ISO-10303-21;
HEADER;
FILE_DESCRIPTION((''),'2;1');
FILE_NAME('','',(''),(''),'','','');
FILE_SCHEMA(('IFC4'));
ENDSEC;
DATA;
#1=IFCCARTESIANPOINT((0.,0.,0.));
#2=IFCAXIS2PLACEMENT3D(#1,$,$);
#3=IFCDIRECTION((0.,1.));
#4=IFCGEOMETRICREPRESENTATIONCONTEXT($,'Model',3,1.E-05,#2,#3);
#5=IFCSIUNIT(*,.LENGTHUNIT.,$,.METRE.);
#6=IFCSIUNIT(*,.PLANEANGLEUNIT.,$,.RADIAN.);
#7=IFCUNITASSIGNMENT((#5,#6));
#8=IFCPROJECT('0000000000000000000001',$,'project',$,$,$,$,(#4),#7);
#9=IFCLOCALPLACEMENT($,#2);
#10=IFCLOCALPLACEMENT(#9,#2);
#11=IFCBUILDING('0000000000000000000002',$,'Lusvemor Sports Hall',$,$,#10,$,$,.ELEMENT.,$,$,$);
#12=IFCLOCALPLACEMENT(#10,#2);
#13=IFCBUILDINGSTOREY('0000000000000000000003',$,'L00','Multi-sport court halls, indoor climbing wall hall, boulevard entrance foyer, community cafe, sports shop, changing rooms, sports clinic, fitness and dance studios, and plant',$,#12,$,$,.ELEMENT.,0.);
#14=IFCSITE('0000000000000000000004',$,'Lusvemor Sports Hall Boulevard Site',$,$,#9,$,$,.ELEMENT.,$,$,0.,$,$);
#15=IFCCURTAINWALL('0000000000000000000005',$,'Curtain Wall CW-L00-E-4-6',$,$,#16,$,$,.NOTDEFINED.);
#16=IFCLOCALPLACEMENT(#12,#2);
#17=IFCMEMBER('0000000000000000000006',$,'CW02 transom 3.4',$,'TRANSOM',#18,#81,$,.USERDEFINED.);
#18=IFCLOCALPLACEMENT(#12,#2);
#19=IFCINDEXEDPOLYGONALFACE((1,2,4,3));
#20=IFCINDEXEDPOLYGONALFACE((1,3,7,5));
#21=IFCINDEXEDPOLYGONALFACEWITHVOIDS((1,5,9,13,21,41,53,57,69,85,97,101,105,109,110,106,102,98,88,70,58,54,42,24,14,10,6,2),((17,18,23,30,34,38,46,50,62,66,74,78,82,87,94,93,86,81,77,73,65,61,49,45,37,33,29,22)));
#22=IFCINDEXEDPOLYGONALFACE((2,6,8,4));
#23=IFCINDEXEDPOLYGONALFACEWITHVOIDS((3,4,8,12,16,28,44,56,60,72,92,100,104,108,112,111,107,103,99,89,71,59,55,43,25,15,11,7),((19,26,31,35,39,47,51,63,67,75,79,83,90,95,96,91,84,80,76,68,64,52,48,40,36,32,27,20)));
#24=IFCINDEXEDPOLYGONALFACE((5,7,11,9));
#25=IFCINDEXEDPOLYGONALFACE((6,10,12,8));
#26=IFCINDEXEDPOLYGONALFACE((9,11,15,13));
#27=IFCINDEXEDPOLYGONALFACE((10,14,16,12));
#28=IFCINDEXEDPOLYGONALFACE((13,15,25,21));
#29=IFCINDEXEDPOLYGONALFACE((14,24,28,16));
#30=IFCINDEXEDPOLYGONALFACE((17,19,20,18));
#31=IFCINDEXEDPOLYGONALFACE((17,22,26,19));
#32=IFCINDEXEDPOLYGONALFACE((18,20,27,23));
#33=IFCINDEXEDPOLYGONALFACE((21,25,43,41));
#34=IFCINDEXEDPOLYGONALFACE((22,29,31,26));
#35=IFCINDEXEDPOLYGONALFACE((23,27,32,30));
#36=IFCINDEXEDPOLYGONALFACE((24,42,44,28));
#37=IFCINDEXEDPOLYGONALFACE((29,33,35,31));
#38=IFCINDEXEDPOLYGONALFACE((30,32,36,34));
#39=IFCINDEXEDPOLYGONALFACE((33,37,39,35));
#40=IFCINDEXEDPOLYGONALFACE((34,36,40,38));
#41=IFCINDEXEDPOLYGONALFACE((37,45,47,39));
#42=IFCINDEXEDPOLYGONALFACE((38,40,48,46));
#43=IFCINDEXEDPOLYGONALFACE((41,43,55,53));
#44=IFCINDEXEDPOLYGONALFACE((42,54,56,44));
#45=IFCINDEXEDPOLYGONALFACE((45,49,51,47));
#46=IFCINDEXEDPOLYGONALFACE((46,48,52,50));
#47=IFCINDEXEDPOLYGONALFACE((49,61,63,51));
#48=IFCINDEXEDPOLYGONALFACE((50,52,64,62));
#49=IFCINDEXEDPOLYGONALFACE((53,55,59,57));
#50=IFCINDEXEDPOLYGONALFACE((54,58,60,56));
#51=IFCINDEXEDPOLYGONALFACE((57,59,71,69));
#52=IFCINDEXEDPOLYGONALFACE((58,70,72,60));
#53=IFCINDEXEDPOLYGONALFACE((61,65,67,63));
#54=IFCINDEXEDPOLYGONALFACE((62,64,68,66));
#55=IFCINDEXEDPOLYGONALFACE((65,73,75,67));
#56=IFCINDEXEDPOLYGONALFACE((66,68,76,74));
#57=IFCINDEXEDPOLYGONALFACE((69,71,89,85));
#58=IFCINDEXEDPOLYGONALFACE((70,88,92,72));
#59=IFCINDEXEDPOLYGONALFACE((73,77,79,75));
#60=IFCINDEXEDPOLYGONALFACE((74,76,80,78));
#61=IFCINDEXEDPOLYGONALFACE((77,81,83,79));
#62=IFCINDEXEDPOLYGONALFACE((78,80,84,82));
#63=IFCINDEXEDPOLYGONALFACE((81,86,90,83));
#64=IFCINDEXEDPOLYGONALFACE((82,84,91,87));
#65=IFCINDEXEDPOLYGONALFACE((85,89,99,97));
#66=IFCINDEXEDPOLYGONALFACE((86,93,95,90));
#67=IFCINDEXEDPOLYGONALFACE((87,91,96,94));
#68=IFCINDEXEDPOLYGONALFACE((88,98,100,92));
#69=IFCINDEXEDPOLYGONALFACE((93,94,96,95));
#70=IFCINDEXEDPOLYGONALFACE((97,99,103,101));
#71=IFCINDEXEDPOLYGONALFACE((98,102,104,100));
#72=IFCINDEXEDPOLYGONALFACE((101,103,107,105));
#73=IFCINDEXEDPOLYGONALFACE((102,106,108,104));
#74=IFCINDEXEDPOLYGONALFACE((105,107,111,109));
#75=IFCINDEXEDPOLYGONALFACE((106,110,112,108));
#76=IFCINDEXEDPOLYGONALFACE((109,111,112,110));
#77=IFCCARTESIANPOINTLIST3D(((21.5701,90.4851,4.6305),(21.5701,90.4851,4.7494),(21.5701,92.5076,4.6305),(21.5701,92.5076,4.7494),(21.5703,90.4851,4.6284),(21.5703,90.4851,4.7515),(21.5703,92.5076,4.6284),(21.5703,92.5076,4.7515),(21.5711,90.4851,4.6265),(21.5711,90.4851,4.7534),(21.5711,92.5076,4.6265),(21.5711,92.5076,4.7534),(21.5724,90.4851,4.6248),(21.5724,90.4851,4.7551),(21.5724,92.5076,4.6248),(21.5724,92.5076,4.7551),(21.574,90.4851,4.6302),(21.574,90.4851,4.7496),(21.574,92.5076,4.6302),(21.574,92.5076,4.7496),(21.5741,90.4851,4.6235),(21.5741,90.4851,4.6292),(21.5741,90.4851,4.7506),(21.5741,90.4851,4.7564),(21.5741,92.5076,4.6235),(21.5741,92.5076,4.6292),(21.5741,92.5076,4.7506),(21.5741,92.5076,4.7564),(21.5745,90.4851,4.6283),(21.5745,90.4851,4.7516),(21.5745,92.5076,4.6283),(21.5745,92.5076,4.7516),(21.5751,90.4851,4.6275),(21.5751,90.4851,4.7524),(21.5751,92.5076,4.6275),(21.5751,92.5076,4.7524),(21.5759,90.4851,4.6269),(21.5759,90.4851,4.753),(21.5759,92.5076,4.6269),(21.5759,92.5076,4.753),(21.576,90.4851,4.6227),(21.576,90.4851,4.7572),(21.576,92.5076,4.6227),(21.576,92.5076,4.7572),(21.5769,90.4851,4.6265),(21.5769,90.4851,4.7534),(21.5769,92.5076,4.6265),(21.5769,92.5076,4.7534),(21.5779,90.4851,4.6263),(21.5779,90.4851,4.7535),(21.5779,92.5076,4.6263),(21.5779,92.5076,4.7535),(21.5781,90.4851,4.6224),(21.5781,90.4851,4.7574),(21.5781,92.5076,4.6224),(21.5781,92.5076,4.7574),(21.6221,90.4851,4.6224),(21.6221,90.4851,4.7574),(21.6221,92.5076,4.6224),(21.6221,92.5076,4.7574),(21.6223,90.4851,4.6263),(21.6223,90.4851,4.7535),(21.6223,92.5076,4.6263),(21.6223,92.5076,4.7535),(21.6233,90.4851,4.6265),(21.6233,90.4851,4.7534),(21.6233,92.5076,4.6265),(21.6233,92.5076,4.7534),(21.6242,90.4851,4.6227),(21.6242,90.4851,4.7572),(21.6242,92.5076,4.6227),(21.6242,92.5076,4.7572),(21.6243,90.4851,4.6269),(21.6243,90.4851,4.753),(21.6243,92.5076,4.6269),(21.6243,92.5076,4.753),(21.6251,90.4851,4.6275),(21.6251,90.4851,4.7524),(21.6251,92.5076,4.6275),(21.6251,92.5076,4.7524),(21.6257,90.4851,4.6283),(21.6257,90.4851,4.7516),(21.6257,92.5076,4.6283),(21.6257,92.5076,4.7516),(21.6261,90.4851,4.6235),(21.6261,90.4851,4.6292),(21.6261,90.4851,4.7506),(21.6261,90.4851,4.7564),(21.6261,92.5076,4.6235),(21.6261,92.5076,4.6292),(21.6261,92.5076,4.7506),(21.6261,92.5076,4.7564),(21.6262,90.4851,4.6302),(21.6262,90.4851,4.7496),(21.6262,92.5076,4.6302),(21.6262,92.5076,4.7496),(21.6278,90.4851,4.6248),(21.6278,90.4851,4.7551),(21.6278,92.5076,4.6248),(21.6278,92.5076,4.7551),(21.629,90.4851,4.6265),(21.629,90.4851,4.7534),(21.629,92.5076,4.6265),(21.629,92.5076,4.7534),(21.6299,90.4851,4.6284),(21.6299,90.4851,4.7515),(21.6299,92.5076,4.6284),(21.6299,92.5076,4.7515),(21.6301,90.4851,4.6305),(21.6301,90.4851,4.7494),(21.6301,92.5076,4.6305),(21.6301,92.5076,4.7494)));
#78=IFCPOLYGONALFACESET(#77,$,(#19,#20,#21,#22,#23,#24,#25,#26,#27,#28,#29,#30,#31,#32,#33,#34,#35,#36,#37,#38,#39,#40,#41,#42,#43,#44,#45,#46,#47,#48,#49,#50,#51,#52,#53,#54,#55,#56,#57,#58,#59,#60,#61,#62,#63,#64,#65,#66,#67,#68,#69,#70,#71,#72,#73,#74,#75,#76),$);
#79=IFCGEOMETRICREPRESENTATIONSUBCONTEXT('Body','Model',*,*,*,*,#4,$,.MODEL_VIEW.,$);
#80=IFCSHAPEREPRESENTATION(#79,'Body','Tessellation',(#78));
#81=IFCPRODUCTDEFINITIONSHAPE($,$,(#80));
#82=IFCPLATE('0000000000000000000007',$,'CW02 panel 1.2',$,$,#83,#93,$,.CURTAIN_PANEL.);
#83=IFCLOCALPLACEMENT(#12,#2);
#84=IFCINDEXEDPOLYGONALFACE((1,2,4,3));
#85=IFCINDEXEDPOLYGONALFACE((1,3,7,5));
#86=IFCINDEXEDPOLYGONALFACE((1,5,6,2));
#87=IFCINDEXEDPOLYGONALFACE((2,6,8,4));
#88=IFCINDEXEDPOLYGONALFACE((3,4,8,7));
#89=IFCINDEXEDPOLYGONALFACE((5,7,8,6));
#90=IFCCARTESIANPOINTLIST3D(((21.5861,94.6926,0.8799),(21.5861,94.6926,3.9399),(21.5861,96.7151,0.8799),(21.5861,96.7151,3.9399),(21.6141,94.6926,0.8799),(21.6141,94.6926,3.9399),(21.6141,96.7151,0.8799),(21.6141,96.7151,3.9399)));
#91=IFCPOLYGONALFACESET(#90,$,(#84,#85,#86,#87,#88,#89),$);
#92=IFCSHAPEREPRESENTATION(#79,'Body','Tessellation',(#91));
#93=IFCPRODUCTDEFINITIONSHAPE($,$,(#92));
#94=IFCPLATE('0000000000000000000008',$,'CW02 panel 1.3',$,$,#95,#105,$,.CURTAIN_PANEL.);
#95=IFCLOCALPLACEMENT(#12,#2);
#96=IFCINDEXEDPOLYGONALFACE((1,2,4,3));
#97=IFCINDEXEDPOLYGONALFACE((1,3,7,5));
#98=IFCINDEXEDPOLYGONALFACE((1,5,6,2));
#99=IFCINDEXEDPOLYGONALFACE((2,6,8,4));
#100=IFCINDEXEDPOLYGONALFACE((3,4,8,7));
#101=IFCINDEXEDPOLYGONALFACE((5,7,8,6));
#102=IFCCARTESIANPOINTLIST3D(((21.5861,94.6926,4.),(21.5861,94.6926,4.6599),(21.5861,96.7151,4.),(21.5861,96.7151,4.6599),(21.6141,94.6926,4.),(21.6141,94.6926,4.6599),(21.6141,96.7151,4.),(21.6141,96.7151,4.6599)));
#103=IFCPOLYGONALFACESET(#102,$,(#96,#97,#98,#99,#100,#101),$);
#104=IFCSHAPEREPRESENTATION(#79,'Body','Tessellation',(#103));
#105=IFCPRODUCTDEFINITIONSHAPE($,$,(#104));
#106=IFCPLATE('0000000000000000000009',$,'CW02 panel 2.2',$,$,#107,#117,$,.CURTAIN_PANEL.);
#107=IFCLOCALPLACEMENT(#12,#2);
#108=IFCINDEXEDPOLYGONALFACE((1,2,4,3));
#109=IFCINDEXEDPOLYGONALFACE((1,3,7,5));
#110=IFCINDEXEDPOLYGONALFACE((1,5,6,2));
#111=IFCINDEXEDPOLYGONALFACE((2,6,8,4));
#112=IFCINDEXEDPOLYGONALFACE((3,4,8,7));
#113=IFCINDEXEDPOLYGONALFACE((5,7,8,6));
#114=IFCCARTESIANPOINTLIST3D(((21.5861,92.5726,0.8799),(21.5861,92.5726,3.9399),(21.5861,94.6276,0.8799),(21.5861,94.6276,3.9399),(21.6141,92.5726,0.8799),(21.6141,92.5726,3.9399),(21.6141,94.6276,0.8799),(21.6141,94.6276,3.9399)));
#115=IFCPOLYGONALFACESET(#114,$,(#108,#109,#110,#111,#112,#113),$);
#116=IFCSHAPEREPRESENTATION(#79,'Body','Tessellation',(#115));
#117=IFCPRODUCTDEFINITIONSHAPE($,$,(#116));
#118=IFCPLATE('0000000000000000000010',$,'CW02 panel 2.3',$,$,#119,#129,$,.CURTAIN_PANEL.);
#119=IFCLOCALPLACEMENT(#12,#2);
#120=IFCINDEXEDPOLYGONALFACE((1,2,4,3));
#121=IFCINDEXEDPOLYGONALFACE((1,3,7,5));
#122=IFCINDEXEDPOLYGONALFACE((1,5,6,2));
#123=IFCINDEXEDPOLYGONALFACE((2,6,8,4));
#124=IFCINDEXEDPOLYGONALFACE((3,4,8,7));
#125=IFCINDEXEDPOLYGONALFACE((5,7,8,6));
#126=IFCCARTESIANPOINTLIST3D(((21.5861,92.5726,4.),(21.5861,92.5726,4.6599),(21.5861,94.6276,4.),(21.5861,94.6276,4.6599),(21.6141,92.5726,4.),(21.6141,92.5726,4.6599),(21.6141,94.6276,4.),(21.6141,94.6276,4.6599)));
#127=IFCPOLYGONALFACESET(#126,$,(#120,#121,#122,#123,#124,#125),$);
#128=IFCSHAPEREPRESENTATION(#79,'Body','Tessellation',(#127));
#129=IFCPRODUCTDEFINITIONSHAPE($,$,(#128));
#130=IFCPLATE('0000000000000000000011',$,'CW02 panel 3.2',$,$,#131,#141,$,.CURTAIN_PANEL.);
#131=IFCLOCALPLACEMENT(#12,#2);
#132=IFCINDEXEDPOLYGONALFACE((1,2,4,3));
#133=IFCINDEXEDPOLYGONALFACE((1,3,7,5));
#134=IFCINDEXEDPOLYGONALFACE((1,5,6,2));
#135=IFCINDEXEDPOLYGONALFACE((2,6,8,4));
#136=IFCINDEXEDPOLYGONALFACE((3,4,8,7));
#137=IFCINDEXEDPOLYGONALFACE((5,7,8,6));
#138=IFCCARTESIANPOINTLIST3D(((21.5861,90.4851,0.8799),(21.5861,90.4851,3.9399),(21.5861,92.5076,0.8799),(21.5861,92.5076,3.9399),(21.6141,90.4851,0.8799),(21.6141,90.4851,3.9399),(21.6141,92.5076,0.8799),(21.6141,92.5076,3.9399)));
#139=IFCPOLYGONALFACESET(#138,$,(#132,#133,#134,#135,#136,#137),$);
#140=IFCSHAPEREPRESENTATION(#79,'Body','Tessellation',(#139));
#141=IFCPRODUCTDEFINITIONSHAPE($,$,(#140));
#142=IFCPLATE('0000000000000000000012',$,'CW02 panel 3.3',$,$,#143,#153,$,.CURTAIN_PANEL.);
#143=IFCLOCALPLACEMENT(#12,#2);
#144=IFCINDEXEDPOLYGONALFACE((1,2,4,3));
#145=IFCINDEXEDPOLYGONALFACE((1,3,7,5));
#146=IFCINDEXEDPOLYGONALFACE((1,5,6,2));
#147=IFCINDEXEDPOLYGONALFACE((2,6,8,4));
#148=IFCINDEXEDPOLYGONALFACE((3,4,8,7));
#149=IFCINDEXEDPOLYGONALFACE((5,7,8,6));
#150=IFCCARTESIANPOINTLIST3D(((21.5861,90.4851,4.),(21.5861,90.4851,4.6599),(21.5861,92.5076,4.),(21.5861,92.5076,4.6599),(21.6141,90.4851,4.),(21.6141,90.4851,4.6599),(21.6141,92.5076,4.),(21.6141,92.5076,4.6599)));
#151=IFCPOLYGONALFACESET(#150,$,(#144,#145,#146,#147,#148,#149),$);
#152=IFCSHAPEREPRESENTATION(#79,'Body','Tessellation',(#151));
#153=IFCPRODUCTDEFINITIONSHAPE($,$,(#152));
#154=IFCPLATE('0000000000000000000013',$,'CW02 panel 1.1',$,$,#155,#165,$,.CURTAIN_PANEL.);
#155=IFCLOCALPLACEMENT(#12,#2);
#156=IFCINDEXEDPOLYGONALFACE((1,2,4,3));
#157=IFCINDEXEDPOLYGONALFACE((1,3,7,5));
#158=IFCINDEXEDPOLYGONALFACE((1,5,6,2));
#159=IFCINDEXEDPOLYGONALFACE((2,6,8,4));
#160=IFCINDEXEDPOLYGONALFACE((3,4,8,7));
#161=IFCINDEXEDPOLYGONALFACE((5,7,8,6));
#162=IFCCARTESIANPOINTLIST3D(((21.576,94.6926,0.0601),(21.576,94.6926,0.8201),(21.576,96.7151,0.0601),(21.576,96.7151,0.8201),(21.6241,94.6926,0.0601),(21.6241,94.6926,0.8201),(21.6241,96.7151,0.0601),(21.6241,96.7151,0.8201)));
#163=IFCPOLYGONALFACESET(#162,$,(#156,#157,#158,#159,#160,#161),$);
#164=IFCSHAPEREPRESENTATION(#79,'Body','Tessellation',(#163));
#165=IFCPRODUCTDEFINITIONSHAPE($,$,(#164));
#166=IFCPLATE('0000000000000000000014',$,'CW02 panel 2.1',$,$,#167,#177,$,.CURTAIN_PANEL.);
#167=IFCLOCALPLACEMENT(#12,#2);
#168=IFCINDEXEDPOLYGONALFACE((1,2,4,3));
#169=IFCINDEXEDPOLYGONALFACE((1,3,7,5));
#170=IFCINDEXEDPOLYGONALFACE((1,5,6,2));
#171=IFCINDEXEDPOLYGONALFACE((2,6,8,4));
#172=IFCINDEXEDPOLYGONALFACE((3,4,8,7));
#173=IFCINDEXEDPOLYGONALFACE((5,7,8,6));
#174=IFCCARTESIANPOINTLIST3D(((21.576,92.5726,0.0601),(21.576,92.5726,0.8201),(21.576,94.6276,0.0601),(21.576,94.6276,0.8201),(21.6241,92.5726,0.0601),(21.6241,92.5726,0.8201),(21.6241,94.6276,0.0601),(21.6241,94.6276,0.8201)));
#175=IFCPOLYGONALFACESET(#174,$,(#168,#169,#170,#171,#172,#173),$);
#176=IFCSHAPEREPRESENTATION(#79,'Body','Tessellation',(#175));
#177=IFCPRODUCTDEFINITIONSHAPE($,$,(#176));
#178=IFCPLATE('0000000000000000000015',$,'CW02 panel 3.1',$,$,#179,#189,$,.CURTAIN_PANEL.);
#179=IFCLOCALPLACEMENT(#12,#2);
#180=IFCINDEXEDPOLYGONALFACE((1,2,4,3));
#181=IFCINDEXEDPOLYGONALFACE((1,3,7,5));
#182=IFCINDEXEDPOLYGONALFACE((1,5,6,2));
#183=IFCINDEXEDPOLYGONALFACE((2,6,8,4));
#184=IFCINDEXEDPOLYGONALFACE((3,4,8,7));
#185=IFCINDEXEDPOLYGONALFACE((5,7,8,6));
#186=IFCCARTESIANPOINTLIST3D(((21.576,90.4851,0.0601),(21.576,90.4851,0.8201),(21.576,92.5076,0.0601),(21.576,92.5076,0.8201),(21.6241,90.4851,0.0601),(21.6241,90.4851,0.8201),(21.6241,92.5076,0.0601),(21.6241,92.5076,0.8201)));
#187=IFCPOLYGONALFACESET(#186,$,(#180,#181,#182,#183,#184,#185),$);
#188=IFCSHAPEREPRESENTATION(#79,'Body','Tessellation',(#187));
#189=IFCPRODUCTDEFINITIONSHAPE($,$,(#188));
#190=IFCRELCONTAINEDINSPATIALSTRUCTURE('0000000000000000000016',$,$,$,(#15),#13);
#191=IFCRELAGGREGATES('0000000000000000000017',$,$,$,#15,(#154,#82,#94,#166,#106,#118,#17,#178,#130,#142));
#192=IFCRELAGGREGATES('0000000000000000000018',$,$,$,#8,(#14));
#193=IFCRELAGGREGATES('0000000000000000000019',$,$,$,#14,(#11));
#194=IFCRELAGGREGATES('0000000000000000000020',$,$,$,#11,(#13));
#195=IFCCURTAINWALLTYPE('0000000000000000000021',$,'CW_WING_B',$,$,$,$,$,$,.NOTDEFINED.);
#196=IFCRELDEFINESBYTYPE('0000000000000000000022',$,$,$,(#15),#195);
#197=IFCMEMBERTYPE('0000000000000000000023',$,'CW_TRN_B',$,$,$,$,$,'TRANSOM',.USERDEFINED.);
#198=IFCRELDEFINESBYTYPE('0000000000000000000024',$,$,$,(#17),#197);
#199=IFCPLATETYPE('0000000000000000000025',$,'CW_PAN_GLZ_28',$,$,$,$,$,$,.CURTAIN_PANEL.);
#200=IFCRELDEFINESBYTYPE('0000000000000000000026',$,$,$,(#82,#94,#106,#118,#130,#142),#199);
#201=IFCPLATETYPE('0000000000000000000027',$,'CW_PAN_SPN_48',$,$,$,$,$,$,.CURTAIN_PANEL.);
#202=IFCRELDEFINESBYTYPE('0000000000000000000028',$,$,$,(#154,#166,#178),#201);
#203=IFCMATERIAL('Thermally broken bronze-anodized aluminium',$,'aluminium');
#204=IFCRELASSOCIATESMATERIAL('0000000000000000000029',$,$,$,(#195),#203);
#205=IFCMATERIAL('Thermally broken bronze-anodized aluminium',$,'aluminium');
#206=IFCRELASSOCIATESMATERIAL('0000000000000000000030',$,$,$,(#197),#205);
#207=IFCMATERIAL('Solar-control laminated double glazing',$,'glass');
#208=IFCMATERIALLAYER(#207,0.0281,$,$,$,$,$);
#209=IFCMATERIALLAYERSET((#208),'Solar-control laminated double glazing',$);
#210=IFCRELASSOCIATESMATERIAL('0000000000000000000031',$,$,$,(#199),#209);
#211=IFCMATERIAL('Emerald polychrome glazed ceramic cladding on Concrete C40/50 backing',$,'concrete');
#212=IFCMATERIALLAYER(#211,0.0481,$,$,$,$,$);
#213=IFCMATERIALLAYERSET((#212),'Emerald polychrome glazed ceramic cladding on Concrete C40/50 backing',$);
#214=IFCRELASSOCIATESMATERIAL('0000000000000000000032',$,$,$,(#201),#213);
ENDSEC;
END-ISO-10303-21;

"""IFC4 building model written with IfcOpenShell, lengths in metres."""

from ifc_helpers import new_model, si_unit, direction, frame, origin, origin_2d, place, context, subcontext, project, spatial, rectangle, hollow_rectangle, extrude, material, layer, layer_set, material_profile, profile_set, type_object, element, aggregate, save


model = new_model("IFC4")

# Units and contexts
model_context = context("Model", 3, precision=1e-05, world=origin(), true_north=direction((0.0, 1.0)))
body_context = subcontext(model_context, "Body", "Model", "MODEL_VIEW")
ifc_project = project(units=[si_unit("LENGTHUNIT", "METRE"), si_unit("PLANEANGLEUNIT", "RADIAN")], contexts=[model_context])

# Site, building, storey
site_placement = place(None, origin())
site = spatial("IfcSite", under=ifc_project, at=site_placement, Name="Lusvemor Sports Hall Boulevard Site", CompositionType="ELEMENT", RefElevation=0.0)
building_placement = place(site_placement, origin())
building = spatial("IfcBuilding", under=site, at=building_placement, Name="Lusvemor Sports Hall", CompositionType="ELEMENT")
storey_placement = place(building_placement, origin())
storey = spatial("IfcBuildingStorey", under=building, at=storey_placement, Name="L00", Description="Multi-sport court halls, indoor climbing wall hall, boulevard entrance foyer, community cafe, sports shop, changing rooms, sports clinic, fitness and dance studios, and plant", CompositionType="ELEMENT", Elevation=0.0)

# Curtain wall, member, plates
ifc_material_1 = material(Name="Thermally broken bronze-anodized aluminium", Category="aluminium")
curtain_wall_type = type_object("IfcCurtainWallType", Name="CW_WING_B", PredefinedType="NOTDEFINED", material=ifc_material_1)
curtain_wall_placement = place(storey_placement, origin())
curtain_wall = element("IfcCurtainWall", 1, at=curtain_wall_placement, inside=storey, type_object=curtain_wall_type, Name="Curtain Wall CW-L00-E-4-6", PredefinedType="NOTDEFINED")
ifc_material_2 = material(Name="Thermally broken bronze-anodized aluminium", Category="aluminium")
ifc_material_profile_1 = material_profile(ifc_material_2, hollow_rectangle(XDim=0.0601, YDim=0.135, WallThickness=0.0039, InnerFilletRadius=0.0039, OuterFilletRadius=0.0081, at=origin_2d()), Name="CWTRN135x60x4")
ifc_profile_set_1 = profile_set([ifc_material_profile_1], Name="Thermally broken bronze-anodized aluminium")
member_type_1 = type_object("IfcMemberType", Name="CW_TRN_B", ElementType="TRANSOM", PredefinedType="USERDEFINED", material=ifc_profile_set_1)
member_1_placement = place(storey_placement, frame((21.6001, 92.5076, 4.6899), z_axis=(0.0, -1.0, 0.0), x_axis=(1.0, 0.0, 0.0)))
member_1 = element("IfcMember", 2, at=member_1_placement, type_object=member_type_1, Name="CW02 transom 3.4", ObjectType="TRANSOM", PredefinedType="USERDEFINED", context=body_context, shape_type="SweptSolid", body=[
    extrude(hollow_rectangle(XDim=0.0601, YDim=0.135, WallThickness=0.0039, InnerFilletRadius=0.0039, OuterFilletRadius=0.0081, at=origin_2d()), origin(), (0.0, 0.0, 1.0), 2.0225),
])
ifc_material_3 = material(Name="Solar-control laminated double glazing", Category="glass")
ifc_layer_1 = layer(ifc_material_3, 0.0281)
ifc_layer_set_1 = layer_set([ifc_layer_1], Name="Solar-control laminated double glazing")
plate_type_1 = type_object("IfcPlateType", Name="CW_PAN_GLZ_28", PredefinedType="CURTAIN_PANEL", material=ifc_layer_set_1)
plate_1_placement = place(storey_placement, frame((21.6001, 95.7039, 0.8799), z_axis=(0.0, 0.0, 1.0), x_axis=(0.0, -1.0, 0.0)))
plate_1 = element("IfcPlate", 3, at=plate_1_placement, type_object=plate_type_1, Name="CW02 panel 1.2", PredefinedType="CURTAIN_PANEL", context=body_context, shape_type="SweptSolid", body=[
    extrude(rectangle(XDim=2.0225, YDim=0.0281, at=origin_2d()), origin(), (0.0, 0.0, 1.0), 3.0601),
])
plate_2_placement = place(storey_placement, frame((21.6001, 95.7039, 4.0), z_axis=(0.0, 0.0, 1.0), x_axis=(0.0, -1.0, 0.0)))
plate_2 = element("IfcPlate", 4, at=plate_2_placement, type_object=plate_type_1, Name="CW02 panel 1.3", PredefinedType="CURTAIN_PANEL", context=body_context, shape_type="SweptSolid", body=[
    extrude(rectangle(XDim=2.0225, YDim=0.0281, at=origin_2d()), origin(), (0.0, 0.0, 1.0), 0.6599),
])
plate_3_placement = place(storey_placement, frame((21.6001, 93.6001, 0.8799), z_axis=(0.0, 0.0, 1.0), x_axis=(0.0, -1.0, 0.0)))
plate_3 = element("IfcPlate", 5, at=plate_3_placement, type_object=plate_type_1, Name="CW02 panel 2.2", PredefinedType="CURTAIN_PANEL", context=body_context, shape_type="SweptSolid", body=[
    extrude(rectangle(XDim=2.0549, YDim=0.0281, at=origin_2d()), origin(), (0.0, 0.0, 1.0), 3.0601),
])
plate_4_placement = place(storey_placement, frame((21.6001, 93.6001, 4.0), z_axis=(0.0, 0.0, 1.0), x_axis=(0.0, -1.0, 0.0)))
plate_4 = element("IfcPlate", 6, at=plate_4_placement, type_object=plate_type_1, Name="CW02 panel 2.3", PredefinedType="CURTAIN_PANEL", context=body_context, shape_type="SweptSolid", body=[
    extrude(rectangle(XDim=2.0549, YDim=0.0281, at=origin_2d()), origin(), (0.0, 0.0, 1.0), 0.6599),
])
plate_5_placement = place(storey_placement, frame((21.6001, 91.4963, 0.8799), z_axis=(0.0, 0.0, 1.0), x_axis=(0.0, -1.0, 0.0)))
plate_5 = element("IfcPlate", 7, at=plate_5_placement, type_object=plate_type_1, Name="CW02 panel 3.2", PredefinedType="CURTAIN_PANEL", context=body_context, shape_type="SweptSolid", body=[
    extrude(rectangle(XDim=2.0225, YDim=0.0281, at=origin_2d()), origin(), (0.0, 0.0, 1.0), 3.0601),
])
plate_6_placement = place(storey_placement, frame((21.6001, 91.4963, 4.0), z_axis=(0.0, 0.0, 1.0), x_axis=(0.0, -1.0, 0.0)))
plate_6 = element("IfcPlate", 8, at=plate_6_placement, type_object=plate_type_1, Name="CW02 panel 3.3", PredefinedType="CURTAIN_PANEL", context=body_context, shape_type="SweptSolid", body=[
    extrude(rectangle(XDim=2.0225, YDim=0.0281, at=origin_2d()), origin(), (0.0, 0.0, 1.0), 0.6599),
])
ifc_material_4 = material(Name="Emerald polychrome glazed ceramic cladding on Concrete C40/50 backing", Category="concrete")
ifc_layer_2 = layer(ifc_material_4, 0.0481)
ifc_layer_set_2 = layer_set([ifc_layer_2], Name="Emerald polychrome glazed ceramic cladding on Concrete C40/50 backing")
plate_type_2 = type_object("IfcPlateType", Name="CW_PAN_SPN_48", PredefinedType="CURTAIN_PANEL", material=ifc_layer_set_2)
plate_7_placement = place(storey_placement, frame((21.6001, 95.7039, 0.0601), z_axis=(0.0, 0.0, 1.0), x_axis=(0.0, -1.0, 0.0)))
plate_7 = element("IfcPlate", 9, at=plate_7_placement, type_object=plate_type_2, Name="CW02 panel 1.1", PredefinedType="CURTAIN_PANEL", context=body_context, shape_type="SweptSolid", body=[
    extrude(rectangle(XDim=2.0225, YDim=0.0481, at=origin_2d()), origin(), (0.0, 0.0, 1.0), 0.76),
])
plate_8_placement = place(storey_placement, frame((21.6001, 93.6001, 0.0601), z_axis=(0.0, 0.0, 1.0), x_axis=(0.0, -1.0, 0.0)))
plate_8 = element("IfcPlate", 10, at=plate_8_placement, type_object=plate_type_2, Name="CW02 panel 2.1", PredefinedType="CURTAIN_PANEL", context=body_context, shape_type="SweptSolid", body=[
    extrude(rectangle(XDim=2.0549, YDim=0.0481, at=origin_2d()), origin(), (0.0, 0.0, 1.0), 0.76),
])
plate_9_placement = place(storey_placement, frame((21.6001, 91.4963, 0.0601), z_axis=(0.0, 0.0, 1.0), x_axis=(0.0, -1.0, 0.0)))
plate_9 = element("IfcPlate", 11, at=plate_9_placement, type_object=plate_type_2, Name="CW02 panel 3.1", PredefinedType="CURTAIN_PANEL", context=body_context, shape_type="SweptSolid", body=[
    extrude(rectangle(XDim=2.0225, YDim=0.0481, at=origin_2d()), origin(), (0.0, 0.0, 1.0), 0.76),
])
aggregate(curtain_wall, [plate_7, plate_1, plate_2, plate_8, plate_3, plate_4, member_1, plate_9, plate_5, plate_6])

save(model, "model.ifc")
